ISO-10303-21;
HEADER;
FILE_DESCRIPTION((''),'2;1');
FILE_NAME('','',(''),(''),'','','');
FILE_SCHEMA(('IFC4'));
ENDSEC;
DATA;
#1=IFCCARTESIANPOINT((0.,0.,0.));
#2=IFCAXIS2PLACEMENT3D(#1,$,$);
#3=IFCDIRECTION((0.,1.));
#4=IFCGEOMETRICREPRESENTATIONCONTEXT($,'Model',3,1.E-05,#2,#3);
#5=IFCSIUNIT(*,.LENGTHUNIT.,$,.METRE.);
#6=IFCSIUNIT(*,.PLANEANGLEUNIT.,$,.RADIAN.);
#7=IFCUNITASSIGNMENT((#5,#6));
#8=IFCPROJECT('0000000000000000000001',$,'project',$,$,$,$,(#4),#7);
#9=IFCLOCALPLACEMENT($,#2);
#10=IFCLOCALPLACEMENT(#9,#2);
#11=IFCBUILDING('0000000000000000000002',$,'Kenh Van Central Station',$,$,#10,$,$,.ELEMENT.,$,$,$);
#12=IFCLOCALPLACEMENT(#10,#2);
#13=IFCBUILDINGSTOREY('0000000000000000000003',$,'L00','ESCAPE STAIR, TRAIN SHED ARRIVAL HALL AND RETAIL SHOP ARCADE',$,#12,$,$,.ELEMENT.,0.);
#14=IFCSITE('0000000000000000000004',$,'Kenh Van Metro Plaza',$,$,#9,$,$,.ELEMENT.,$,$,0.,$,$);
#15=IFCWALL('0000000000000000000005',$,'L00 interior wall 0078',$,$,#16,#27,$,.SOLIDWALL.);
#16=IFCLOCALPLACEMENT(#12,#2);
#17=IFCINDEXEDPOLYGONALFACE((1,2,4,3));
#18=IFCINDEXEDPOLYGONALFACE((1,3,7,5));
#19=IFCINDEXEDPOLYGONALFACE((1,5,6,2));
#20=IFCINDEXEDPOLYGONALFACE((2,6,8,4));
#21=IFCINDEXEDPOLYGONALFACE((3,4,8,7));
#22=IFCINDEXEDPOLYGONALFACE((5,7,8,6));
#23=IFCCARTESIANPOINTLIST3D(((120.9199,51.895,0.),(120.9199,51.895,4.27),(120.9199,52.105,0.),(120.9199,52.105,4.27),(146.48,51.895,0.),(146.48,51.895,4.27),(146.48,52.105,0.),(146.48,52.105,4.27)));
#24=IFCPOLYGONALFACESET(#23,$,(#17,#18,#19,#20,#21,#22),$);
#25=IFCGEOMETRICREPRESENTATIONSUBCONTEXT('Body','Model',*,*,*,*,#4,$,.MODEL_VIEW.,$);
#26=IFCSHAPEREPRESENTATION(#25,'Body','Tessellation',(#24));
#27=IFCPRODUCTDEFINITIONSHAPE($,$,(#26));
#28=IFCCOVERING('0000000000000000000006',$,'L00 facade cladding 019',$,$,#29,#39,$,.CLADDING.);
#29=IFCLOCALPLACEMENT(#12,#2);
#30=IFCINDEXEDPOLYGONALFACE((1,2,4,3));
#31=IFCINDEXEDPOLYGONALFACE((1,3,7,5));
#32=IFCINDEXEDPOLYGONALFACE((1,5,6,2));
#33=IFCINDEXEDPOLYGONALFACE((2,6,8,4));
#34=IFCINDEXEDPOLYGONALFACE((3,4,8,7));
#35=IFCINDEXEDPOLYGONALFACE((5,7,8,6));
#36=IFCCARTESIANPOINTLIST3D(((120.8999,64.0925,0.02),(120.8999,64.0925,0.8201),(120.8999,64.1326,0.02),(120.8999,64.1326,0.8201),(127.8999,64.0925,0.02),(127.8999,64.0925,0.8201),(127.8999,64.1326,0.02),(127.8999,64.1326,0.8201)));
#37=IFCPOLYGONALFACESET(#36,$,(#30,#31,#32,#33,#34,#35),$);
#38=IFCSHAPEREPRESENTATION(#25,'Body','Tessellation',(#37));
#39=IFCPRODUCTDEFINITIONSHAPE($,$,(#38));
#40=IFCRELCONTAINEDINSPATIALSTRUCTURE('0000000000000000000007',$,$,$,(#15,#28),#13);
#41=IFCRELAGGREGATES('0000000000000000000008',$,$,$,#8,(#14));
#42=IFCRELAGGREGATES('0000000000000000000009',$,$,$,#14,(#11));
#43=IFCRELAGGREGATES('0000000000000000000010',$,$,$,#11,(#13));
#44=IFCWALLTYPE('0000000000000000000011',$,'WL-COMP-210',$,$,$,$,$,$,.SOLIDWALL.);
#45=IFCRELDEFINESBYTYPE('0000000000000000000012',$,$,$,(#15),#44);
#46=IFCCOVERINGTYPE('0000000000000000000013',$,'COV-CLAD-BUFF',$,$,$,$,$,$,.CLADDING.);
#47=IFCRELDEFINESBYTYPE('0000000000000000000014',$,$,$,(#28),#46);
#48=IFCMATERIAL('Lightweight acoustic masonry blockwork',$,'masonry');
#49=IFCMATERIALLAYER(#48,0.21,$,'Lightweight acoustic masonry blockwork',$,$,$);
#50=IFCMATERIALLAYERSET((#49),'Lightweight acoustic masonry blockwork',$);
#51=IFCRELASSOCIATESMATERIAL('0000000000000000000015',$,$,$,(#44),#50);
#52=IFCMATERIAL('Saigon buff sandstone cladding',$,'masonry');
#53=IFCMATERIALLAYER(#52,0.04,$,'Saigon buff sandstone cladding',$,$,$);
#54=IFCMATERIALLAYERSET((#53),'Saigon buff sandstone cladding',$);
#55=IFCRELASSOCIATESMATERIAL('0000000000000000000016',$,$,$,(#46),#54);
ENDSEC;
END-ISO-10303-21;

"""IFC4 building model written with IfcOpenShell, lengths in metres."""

from ifc_helpers import new_model, si_unit, direction, frame, frame_2d, origin, origin_2d, place, context, subcontext, project, spatial, rectangle, extrude, material, layer, layer_set, type_object, element, save


model = new_model("IFC4")

# Units and contexts
model_context = context("Model", 3, precision=1e-05, world=origin(), true_north=direction((0.0, 1.0)))
body_context = subcontext(model_context, "Body", "Model", "MODEL_VIEW")
ifc_project = project(units=[si_unit("LENGTHUNIT", "METRE"), si_unit("PLANEANGLEUNIT", "RADIAN")], contexts=[model_context])

# Site, building, storey
site_placement = place(None, origin())
site = spatial("IfcSite", under=ifc_project, at=site_placement, Name="Kenh Van Metro Plaza", CompositionType="ELEMENT", RefElevation=0.0)
building_placement = place(site_placement, origin())
building = spatial("IfcBuilding", under=site, at=building_placement, Name="Kenh Van Central Station", CompositionType="ELEMENT")
storey_placement = place(building_placement, origin())
storey = spatial("IfcBuildingStorey", under=building, at=storey_placement, Name="L00", Description="ESCAPE STAIR, TRAIN SHED ARRIVAL HALL AND RETAIL SHOP ARCADE", CompositionType="ELEMENT", Elevation=0.0)

# Wall
ifc_material_1 = material(Name="Lightweight acoustic masonry blockwork", Category="masonry")
ifc_layer_1 = layer(ifc_material_1, 0.21, Name="Lightweight acoustic masonry blockwork")
ifc_layer_set_1 = layer_set([ifc_layer_1], Name="Lightweight acoustic masonry blockwork")
wall_type = type_object("IfcWallType", Name="WL-COMP-210", PredefinedType="SOLIDWALL", material=ifc_layer_set_1)
wall_placement = place(storey_placement, frame((120.9199, 52.0, 0.0), z_axis=(0.0, 0.0, 1.0), x_axis=(1.0, 0.0, 0.0)))
element("IfcWall", 1, at=wall_placement, inside=storey, type_object=wall_type, Name="L00 interior wall 0078", PredefinedType="SOLIDWALL", context=body_context, shape_type="SweptSolid", body=[
    extrude(rectangle(XDim=25.5601, YDim=0.21, at=frame_2d((12.78, 0.0))), origin(), (0.0, 0.0, 1.0), 4.27),
])

# Covering
ifc_material_2 = material(Name="Saigon buff sandstone cladding", Category="masonry")
ifc_layer_2 = layer(ifc_material_2, 0.04, Name="Saigon buff sandstone cladding")
ifc_layer_set_2 = layer_set([ifc_layer_2], Name="Saigon buff sandstone cladding")
covering_type = type_object("IfcCoveringType", Name="COV-CLAD-BUFF", PredefinedType="CLADDING", material=ifc_layer_set_2)
covering_placement = place(storey_placement, frame((124.3999, 64.1125, 0.02), z_axis=(0.0, 0.0, 1.0), x_axis=(-1.0, 0.0, 0.0)))
element("IfcCovering", 2, at=covering_placement, inside=storey, type_object=covering_type, Name="L00 facade cladding 019", PredefinedType="CLADDING", context=body_context, shape_type="SweptSolid", body=[
    extrude(rectangle(XDim=7.0, YDim=0.04, at=origin_2d()), origin(), (0.0, 0.0, 1.0), 0.8),
])

save(model, "model.ifc")
